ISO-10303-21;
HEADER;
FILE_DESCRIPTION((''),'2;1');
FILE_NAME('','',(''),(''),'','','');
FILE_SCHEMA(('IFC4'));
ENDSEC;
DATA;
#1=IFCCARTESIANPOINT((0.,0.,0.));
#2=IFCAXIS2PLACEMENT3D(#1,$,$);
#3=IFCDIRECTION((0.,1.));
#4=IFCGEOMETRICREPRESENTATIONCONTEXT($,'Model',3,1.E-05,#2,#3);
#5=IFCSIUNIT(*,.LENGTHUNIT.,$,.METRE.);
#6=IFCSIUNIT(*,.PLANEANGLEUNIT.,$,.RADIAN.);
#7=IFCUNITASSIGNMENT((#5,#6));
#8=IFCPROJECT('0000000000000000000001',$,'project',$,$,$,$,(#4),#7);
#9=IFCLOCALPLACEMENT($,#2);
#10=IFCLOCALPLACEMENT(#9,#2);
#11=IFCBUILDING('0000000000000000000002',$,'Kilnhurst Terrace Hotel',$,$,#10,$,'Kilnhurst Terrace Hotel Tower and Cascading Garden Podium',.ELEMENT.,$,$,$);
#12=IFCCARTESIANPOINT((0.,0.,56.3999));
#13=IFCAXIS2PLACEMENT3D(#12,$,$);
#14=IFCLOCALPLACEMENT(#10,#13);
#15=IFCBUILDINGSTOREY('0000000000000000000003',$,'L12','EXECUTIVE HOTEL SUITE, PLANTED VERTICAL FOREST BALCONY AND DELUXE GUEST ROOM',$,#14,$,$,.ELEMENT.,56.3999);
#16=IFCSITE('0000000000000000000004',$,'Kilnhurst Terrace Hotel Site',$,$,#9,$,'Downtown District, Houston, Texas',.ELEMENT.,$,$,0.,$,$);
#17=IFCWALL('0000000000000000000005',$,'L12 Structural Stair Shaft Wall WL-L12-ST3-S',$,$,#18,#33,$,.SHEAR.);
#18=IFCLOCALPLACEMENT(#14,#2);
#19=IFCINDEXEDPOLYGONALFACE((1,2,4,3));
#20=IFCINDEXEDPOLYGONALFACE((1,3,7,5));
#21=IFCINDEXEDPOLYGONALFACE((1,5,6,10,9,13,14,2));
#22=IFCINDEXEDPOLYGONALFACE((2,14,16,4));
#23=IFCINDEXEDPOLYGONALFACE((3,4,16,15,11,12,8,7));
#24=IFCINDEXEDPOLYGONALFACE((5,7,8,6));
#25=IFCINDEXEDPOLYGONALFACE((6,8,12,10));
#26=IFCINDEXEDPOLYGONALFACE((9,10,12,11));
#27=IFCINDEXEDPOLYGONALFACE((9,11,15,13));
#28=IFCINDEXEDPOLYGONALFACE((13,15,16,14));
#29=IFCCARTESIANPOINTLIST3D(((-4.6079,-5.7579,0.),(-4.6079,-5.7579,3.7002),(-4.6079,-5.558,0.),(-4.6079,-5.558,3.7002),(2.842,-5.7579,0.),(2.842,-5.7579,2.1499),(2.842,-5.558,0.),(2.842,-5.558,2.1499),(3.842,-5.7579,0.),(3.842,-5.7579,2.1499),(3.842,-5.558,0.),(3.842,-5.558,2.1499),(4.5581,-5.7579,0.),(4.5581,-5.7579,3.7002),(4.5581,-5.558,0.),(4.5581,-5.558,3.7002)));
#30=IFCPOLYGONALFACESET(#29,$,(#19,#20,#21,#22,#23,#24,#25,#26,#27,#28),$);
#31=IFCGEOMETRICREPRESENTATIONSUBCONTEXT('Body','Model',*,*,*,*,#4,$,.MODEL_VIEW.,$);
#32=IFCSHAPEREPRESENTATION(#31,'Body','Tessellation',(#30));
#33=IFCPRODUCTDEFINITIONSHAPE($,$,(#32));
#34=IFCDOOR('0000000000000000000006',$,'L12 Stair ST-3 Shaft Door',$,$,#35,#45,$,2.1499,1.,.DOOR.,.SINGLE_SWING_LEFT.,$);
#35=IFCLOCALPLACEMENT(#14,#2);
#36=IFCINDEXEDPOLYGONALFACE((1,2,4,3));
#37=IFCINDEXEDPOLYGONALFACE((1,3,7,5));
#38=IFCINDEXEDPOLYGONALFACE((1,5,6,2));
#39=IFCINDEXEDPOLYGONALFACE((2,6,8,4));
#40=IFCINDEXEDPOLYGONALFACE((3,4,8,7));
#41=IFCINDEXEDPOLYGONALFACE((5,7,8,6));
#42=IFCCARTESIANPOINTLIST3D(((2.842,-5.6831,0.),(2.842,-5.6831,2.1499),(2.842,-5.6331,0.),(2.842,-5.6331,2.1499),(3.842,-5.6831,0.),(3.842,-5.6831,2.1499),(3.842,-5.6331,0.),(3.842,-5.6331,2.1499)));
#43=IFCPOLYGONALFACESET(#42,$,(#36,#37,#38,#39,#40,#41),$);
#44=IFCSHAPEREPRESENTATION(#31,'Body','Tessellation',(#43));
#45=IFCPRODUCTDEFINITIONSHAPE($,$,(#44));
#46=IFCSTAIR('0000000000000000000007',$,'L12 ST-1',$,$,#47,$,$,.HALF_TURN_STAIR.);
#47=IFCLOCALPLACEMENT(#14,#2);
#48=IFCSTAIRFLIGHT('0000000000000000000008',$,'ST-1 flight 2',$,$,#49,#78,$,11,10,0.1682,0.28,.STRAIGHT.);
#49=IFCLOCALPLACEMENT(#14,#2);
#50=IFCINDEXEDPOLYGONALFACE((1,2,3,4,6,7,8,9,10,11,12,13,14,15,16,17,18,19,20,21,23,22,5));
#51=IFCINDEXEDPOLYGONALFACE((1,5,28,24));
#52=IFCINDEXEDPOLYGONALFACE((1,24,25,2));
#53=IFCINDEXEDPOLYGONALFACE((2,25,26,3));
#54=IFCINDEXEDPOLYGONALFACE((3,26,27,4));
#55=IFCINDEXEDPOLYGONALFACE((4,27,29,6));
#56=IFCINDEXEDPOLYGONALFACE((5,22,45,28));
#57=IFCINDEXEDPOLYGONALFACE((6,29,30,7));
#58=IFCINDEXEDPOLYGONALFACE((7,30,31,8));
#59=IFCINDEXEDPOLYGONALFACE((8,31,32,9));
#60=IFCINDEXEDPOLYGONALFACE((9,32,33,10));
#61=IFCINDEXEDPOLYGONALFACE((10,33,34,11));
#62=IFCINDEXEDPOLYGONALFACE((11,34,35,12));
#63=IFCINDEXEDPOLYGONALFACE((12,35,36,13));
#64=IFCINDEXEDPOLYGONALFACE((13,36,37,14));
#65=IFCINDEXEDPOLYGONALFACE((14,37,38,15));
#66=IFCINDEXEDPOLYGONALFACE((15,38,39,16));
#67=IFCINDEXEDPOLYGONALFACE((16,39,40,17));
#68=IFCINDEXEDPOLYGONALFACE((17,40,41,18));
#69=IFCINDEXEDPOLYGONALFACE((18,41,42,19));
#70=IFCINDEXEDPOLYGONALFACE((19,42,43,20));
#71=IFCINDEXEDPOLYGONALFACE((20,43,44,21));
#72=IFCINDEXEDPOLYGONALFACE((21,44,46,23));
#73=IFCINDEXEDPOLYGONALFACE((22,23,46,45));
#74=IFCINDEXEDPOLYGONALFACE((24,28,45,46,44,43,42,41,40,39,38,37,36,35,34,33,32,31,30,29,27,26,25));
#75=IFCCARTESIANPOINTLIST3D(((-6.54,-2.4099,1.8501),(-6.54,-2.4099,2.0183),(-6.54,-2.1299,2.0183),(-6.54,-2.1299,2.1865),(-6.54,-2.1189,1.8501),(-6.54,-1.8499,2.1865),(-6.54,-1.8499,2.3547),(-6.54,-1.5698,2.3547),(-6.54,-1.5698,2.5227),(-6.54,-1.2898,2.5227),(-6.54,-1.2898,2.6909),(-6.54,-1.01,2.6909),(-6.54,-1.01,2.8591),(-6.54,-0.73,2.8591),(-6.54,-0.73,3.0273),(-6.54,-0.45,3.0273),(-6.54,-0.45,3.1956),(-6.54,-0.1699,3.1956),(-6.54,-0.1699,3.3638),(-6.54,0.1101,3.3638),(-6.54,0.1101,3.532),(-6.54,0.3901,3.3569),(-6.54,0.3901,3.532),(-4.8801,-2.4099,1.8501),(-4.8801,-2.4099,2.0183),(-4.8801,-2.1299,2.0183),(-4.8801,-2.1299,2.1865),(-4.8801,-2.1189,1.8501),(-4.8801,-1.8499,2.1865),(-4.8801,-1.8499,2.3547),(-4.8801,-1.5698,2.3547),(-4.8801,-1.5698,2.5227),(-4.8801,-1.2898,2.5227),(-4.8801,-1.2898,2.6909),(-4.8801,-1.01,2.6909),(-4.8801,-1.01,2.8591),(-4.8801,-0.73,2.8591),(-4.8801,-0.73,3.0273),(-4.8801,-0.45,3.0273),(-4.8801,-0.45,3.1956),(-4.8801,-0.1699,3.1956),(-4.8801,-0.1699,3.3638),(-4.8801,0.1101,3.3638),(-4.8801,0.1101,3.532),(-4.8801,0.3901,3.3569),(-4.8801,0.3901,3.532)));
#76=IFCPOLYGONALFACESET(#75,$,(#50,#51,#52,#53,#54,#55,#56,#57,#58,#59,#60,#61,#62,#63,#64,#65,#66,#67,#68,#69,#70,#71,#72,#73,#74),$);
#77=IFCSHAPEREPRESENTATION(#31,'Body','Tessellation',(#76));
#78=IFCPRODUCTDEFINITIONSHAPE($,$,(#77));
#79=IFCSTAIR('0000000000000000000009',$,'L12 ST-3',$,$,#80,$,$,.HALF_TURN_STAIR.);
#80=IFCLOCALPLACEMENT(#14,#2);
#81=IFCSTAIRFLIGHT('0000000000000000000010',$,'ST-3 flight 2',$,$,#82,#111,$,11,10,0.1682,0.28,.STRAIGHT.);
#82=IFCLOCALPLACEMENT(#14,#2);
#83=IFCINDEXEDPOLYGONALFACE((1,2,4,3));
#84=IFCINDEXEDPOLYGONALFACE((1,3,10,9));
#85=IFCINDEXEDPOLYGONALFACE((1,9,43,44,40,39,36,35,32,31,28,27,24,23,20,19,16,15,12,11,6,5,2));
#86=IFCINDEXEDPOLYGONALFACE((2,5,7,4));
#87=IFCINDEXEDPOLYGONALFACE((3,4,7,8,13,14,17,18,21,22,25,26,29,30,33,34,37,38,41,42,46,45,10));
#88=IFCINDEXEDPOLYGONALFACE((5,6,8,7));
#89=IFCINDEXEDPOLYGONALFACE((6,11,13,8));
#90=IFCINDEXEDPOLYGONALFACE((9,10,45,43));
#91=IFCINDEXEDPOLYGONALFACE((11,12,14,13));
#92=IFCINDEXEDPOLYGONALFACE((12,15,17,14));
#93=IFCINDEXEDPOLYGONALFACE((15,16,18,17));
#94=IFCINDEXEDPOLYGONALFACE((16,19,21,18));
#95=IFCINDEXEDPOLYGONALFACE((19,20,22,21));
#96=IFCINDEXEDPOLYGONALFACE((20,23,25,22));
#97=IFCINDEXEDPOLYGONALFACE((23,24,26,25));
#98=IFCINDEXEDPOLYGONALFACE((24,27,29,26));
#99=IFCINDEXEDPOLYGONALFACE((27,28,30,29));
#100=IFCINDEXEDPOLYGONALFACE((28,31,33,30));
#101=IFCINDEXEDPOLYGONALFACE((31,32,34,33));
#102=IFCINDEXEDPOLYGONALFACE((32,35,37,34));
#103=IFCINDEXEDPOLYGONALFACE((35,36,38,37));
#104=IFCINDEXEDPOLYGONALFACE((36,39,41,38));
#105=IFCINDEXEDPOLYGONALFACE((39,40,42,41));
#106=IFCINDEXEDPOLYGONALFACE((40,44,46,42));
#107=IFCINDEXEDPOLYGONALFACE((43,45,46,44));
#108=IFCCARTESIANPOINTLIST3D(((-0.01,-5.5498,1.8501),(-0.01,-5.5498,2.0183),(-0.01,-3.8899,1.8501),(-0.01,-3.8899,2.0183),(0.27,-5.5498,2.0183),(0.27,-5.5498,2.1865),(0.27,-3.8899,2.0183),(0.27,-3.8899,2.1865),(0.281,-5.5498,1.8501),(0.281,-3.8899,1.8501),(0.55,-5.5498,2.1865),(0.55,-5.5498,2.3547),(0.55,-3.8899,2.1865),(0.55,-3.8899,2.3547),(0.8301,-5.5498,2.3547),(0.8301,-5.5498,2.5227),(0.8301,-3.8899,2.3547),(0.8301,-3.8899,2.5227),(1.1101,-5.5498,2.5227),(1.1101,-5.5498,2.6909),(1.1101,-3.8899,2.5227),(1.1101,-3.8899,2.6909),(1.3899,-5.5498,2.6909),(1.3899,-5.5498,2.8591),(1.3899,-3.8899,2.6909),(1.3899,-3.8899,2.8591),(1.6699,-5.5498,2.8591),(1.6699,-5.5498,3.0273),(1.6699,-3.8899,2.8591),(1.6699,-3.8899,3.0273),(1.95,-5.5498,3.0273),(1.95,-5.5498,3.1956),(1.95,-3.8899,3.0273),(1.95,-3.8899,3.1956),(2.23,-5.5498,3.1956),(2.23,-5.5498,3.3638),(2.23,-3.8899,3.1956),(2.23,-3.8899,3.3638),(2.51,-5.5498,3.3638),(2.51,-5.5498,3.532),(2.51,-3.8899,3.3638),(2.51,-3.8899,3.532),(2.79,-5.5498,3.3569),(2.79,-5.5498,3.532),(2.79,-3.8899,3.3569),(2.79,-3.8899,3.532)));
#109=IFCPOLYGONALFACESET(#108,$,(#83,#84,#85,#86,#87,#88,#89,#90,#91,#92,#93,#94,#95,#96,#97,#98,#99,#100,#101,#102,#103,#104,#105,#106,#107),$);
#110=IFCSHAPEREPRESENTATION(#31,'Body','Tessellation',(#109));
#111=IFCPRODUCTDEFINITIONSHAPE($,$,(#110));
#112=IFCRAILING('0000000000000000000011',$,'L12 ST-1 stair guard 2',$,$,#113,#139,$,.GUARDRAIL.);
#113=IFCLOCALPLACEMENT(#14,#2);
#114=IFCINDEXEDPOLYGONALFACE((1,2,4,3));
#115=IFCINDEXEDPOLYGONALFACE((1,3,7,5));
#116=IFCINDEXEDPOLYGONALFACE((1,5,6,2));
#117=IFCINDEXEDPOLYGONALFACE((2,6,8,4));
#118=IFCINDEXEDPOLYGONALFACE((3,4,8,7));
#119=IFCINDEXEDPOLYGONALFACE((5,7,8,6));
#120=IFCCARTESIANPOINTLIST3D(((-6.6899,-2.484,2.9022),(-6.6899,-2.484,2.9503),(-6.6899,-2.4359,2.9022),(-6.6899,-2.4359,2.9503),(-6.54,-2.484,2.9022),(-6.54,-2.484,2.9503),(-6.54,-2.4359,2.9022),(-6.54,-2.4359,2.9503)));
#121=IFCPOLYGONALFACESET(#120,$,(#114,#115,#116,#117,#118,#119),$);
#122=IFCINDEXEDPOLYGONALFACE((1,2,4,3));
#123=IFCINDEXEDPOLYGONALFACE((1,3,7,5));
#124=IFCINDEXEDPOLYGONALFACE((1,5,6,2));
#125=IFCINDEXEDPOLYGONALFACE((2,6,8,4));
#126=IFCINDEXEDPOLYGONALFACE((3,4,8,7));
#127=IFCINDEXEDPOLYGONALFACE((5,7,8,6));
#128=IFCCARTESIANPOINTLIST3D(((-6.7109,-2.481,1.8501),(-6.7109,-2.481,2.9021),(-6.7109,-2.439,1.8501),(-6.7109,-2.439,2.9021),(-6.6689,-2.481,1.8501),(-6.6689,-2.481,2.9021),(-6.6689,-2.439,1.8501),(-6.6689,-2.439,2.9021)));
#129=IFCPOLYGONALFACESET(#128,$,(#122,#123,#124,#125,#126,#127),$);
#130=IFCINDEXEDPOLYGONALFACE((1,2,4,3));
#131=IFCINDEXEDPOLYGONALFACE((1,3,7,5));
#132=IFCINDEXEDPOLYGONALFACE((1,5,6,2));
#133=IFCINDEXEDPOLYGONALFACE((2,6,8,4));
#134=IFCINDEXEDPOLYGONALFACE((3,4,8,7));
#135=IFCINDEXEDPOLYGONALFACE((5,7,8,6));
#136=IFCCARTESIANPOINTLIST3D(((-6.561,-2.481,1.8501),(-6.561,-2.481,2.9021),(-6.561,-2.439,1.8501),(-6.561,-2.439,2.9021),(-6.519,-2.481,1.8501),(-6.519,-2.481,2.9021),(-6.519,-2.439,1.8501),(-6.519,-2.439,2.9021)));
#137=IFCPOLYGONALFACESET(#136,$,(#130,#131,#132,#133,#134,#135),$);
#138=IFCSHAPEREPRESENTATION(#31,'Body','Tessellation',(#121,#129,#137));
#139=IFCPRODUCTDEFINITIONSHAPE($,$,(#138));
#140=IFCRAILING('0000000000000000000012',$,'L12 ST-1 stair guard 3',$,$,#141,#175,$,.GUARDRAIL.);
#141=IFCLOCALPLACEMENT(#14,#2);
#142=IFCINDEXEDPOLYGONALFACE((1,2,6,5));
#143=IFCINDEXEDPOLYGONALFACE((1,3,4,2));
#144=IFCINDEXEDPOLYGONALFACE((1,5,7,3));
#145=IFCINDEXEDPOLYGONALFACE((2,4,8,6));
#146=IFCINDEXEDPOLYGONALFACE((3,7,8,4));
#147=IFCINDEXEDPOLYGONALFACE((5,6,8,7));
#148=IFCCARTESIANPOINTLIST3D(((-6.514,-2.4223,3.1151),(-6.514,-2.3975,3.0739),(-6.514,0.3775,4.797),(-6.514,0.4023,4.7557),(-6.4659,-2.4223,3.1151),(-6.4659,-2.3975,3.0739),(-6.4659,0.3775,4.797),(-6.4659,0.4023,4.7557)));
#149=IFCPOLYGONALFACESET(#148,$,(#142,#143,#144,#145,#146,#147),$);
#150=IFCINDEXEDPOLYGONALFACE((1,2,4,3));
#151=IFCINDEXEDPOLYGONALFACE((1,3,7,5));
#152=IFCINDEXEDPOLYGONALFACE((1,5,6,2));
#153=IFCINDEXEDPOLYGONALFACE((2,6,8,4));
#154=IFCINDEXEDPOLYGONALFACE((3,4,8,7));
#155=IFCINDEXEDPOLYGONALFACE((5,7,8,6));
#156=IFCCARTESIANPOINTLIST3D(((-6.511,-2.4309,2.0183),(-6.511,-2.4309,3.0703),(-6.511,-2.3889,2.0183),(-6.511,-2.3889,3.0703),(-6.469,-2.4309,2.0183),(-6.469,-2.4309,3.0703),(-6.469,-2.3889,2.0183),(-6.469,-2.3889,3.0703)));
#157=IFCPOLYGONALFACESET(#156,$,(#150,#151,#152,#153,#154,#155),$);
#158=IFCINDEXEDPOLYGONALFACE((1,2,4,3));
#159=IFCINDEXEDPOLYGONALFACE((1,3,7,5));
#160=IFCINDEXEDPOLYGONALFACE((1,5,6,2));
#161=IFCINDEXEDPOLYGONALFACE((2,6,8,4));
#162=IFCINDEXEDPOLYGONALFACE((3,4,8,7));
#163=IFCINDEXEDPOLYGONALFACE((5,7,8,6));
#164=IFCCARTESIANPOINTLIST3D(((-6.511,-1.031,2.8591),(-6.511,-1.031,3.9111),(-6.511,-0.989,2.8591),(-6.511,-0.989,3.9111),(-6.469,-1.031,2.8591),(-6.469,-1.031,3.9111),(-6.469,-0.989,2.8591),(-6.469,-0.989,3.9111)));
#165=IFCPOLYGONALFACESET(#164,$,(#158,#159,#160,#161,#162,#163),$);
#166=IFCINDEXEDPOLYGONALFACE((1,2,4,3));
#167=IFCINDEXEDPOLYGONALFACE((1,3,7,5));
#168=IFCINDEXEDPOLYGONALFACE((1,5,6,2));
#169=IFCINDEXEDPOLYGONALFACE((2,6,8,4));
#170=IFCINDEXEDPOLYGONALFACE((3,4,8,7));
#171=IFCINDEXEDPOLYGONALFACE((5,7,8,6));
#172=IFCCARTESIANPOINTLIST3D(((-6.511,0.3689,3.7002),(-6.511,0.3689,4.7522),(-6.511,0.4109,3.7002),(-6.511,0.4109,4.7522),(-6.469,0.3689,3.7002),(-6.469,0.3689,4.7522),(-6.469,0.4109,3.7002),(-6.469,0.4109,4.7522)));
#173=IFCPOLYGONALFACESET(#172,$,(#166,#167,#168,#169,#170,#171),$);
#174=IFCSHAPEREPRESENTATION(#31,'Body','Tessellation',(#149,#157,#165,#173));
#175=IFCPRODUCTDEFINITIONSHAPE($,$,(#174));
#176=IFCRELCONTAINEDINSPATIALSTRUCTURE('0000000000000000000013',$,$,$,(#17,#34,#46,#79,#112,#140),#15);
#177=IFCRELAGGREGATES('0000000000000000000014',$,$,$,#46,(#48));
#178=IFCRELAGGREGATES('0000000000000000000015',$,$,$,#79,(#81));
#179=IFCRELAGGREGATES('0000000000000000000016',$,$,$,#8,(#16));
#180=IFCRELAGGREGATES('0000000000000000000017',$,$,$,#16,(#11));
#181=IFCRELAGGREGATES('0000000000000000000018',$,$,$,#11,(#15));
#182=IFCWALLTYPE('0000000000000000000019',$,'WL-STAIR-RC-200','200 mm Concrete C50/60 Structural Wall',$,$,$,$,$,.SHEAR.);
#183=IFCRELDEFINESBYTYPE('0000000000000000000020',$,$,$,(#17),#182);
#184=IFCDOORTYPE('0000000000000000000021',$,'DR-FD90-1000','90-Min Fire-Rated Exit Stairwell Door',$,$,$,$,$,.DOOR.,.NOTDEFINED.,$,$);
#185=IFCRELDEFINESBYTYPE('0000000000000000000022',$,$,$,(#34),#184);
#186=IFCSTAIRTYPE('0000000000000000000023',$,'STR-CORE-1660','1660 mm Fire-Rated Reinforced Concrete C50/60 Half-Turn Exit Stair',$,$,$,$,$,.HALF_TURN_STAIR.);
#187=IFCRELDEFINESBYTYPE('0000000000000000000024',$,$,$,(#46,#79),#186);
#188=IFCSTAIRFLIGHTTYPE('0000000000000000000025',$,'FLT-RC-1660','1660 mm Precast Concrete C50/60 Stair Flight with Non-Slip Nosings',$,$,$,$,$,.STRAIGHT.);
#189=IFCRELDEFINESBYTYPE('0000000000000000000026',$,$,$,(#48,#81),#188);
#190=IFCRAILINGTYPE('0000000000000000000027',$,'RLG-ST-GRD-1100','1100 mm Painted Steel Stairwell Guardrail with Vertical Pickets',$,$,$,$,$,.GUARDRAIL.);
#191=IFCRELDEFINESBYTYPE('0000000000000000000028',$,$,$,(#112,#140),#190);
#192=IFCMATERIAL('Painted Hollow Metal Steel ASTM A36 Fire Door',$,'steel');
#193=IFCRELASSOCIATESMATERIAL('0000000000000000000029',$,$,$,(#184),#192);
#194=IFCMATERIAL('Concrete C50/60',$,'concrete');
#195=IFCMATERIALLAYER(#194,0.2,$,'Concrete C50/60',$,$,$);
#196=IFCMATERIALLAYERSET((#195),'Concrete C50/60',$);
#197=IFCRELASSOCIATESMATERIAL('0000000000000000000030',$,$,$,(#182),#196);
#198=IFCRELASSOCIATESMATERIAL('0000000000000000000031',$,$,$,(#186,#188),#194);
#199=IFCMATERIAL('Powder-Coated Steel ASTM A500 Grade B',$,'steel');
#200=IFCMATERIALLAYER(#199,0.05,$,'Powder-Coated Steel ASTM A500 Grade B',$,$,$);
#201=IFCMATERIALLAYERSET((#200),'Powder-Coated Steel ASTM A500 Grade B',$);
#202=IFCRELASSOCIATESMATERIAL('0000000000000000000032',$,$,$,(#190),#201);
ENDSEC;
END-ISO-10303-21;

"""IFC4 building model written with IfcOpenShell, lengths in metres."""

from ifc_helpers import new_model, si_unit, direction, frame, frame_2d, origin, origin_2d, place, context, subcontext, project, spatial, polyline, rectangle, outline, extrude, material, layer, layer_set, type_object, element, fill, aggregate, save


model = new_model("IFC4")

# Units and contexts
model_context = context("Model", 3, precision=1e-05, world=origin(), true_north=direction((0.0, 1.0)))
body_context = subcontext(model_context, "Body", "Model", "MODEL_VIEW")
ifc_project = project(units=[si_unit("LENGTHUNIT", "METRE"), si_unit("PLANEANGLEUNIT", "RADIAN")], contexts=[model_context])

# Site, building, storey
site_placement = place(None, origin())
site = spatial("IfcSite", under=ifc_project, at=site_placement, Name="Kilnhurst Terrace Hotel Site", LongName="Downtown District, Houston, Texas", CompositionType="ELEMENT", RefElevation=0.0)
building_placement = place(site_placement, origin())
building = spatial("IfcBuilding", under=site, at=building_placement, Name="Kilnhurst Terrace Hotel", LongName="Kilnhurst Terrace Hotel Tower and Cascading Garden Podium", CompositionType="ELEMENT")
storey_placement = place(building_placement, frame((0.0, 0.0, 56.3999)))
storey = spatial("IfcBuildingStorey", under=building, at=storey_placement, Name="L12", Description="EXECUTIVE HOTEL SUITE, PLANTED VERTICAL FOREST BALCONY AND DELUXE GUEST ROOM", CompositionType="ELEMENT", Elevation=56.3999)

# Shared definitions
ifc_material_1 = material(Name="Concrete C50/60", Category="concrete")

# Shared definitions
ifc_material_2 = material(Name="Painted Hollow Metal Steel ASTM A36 Fire Door", Category="steel")
door_type_1 = type_object("IfcDoorType", Name="DR-FD90-1000", Description="90-Min Fire-Rated Exit Stairwell Door", OperationType="NOTDEFINED", PredefinedType="DOOR", material=ifc_material_2)

# Shared definitions
ifc_layer_1 = layer(ifc_material_1, 0.2, Name="Concrete C50/60")
ifc_layer_set_1 = layer_set([ifc_layer_1], Name="Concrete C50/60")
wall_type_1 = type_object("IfcWallType", Name="WL-STAIR-RC-200", Description="200 mm Concrete C50/60 Structural Wall", PredefinedType="SHEAR", material=ifc_layer_set_1)

# Wall, opening, door
wall_1_placement = place(storey_placement, frame((-4.6079, -5.658, 0.0), z_axis=(0.0, 0.0, 1.0), x_axis=(1.0, 0.0, 0.0)))
wall_1 = element("IfcWall", 1, at=wall_1_placement, inside=storey, type_object=wall_type_1, Name="L12 Structural Stair Shaft Wall WL-L12-ST3-S", PredefinedType="SHEAR", context=body_context, shape_type="SweptSolid", body=[
    extrude(rectangle(XDim=9.166, YDim=0.2, at=frame_2d((4.583, 0.0))), origin(), (0.0, 0.0, 1.0), 3.7002),
])
opening_1_placement = place(wall_1_placement, frame((7.45, 0.0, 0.0)))
opening_1 = element("IfcOpeningElement", 2, at=opening_1_placement, cuts=wall_1, PredefinedType="OPENING", context=body_context, shape_type="SweptSolid", body=[
    extrude(rectangle(XDim=1.0, YDim=2.1499, at=frame_2d((0.5, 1.075))), frame((0.0, 0.1099, 0.0), z_axis=(0.0, -1.0, 0.0), x_axis=(1.0, 0.0, 0.0)), (0.0, 0.0, 1.0), 0.22),
])
door_1_placement = place(opening_1_placement, origin())
door_1 = element("IfcDoor", 3, at=door_1_placement, inside=storey, type_object=door_type_1, Name="L12 Stair ST-3 Shaft Door", OperationType="SINGLE_SWING_LEFT", OverallHeight=2.1499, OverallWidth=1.0, PredefinedType="DOOR", context=body_context, shape_type="SweptSolid", body=[
    extrude(rectangle(XDim=1.0, YDim=2.1499, at=frame_2d((0.5, 1.075))), frame((0.0, 0.0249, 0.0), z_axis=(0.0, -1.0, 0.0), x_axis=(1.0, 0.0, 0.0)), (0.0, 0.0, 1.0), 0.05),
])
fill(opening_1, door_1)

# Stairs, stair flights
stair_type = type_object("IfcStairType", Name="STR-CORE-1660", Description="1660 mm Fire-Rated Reinforced Concrete C50/60 Half-Turn Exit Stair", PredefinedType="HALF_TURN_STAIR", material=ifc_material_1)
stair_1_placement = place(storey_placement, origin())
stair_1 = element("IfcStair", 4, at=stair_1_placement, inside=storey, type_object=stair_type, Name="L12 ST-1", PredefinedType="HALF_TURN_STAIR")
stair_flight_type = type_object("IfcStairFlightType", Name="FLT-RC-1660", Description="1660 mm Precast Concrete C50/60 Stair Flight with Non-Slip Nosings", PredefinedType="STRAIGHT", material=ifc_material_1)
stair_flight_1_placement = place(storey_placement, frame((-5.71, -2.4099, 1.8501), z_axis=(0.0, 0.0, 1.0), x_axis=(0.0, 1.0, 0.0)))
stair_flight_1 = element("IfcStairFlight", 5, at=stair_flight_1_placement, type_object=stair_flight_type, Name="ST-1 flight 2", NumberOfRisers=11, NumberOfTreads=10, PredefinedType="STRAIGHT", RiserHeight=0.1682, TreadLength=0.28, context=body_context, shape_type="SweptSolid", body=[
    extrude(outline(polyline([(0.0, 0.0), (0.0, 0.1682), (0.28, 0.1682), (0.28, 0.3364), (0.5601, 0.3364), (0.5601, 0.5046), (0.8401, 0.5046), (0.8401, 0.6726), (1.1201, 0.6726), (1.1201, 0.8408), (1.3999, 0.8408), (1.3999, 1.009), (1.6799, 1.009), (1.6799, 1.1772), (1.96, 1.1772), (1.96, 1.3455), (2.24, 1.3455), (2.24, 1.5137), (2.52, 1.5137), (2.52, 1.6819), (2.8, 1.6819), (2.8, 1.8501), (2.8, 1.5068), (0.291, 0.0), (0.0, 0.0)])), frame((0.0, 0.8301, 0.0), z_axis=(0.0, -1.0, 0.0), x_axis=(1.0, 0.0, 0.0)), (0.0, 0.0, 1.0), 1.6599),
])
aggregate(stair_1, [stair_flight_1])
stair_2_placement = place(storey_placement, origin())
stair_2 = element("IfcStair", 6, at=stair_2_placement, inside=storey, type_object=stair_type, Name="L12 ST-3", PredefinedType="HALF_TURN_STAIR")
stair_flight_2_placement = place(storey_placement, frame((-0.01, -4.72, 1.8501), z_axis=(0.0, 0.0, 1.0), x_axis=(1.0, 0.0, 0.0)))
stair_flight_2 = element("IfcStairFlight", 7, at=stair_flight_2_placement, type_object=stair_flight_type, Name="ST-3 flight 2", NumberOfRisers=11, NumberOfTreads=10, PredefinedType="STRAIGHT", RiserHeight=0.1682, TreadLength=0.28, context=body_context, shape_type="SweptSolid", body=[
    extrude(outline(polyline([(0.0, 0.0), (0.0, 0.1682), (0.28, 0.1682), (0.28, 0.3364), (0.5601, 0.3364), (0.5601, 0.5046), (0.8401, 0.5046), (0.8401, 0.6726), (1.1201, 0.6726), (1.1201, 0.8408), (1.3999, 0.8408), (1.3999, 1.009), (1.6799, 1.009), (1.6799, 1.1772), (1.96, 1.1772), (1.96, 1.3455), (2.24, 1.3455), (2.24, 1.5137), (2.52, 1.5137), (2.52, 1.6819), (2.8, 1.6819), (2.8, 1.8501), (2.8, 1.5068), (0.291, 0.0), (0.0, 0.0)])), frame((0.0, 0.8301, 0.0), z_axis=(0.0, -1.0, 0.0), x_axis=(1.0, 0.0, 0.0)), (0.0, 0.0, 1.0), 1.6599),
])
aggregate(stair_2, [stair_flight_2])

# Railings
ifc_material_3 = material(Name="Powder-Coated Steel ASTM A500 Grade B", Category="steel")
ifc_layer_2 = layer(ifc_material_3, 0.05, Name="Powder-Coated Steel ASTM A500 Grade B")
ifc_layer_set_2 = layer_set([ifc_layer_2], Name="Powder-Coated Steel ASTM A500 Grade B")
railing_type_1 = type_object("IfcRailingType", Name="RLG-ST-GRD-1100", Description="1100 mm Painted Steel Stairwell Guardrail with Vertical Pickets", PredefinedType="GUARDRAIL", material=ifc_layer_set_2)
railing_1_placement = place(storey_placement, frame((-6.6899, -2.46, 1.8501)))
element("IfcRailing", 8, at=railing_1_placement, inside=storey, type_object=railing_type_1, Name="L12 ST-1 stair guard 2", PredefinedType="GUARDRAIL", context=body_context, shape_type="SweptSolid", body=[
    extrude(rectangle(XDim=0.0481, YDim=0.0481, at=origin_2d()), frame((0.0, 0.0, 1.0762), z_axis=(1.0, 0.0, 0.0), x_axis=(0.0, 1.0, 0.0)), (0.0, 0.0, 1.0), 0.1499),
    extrude(rectangle(XDim=0.042, YDim=0.042, at=origin_2d()), origin(), (0.0, 0.0, 1.0), 1.052),
    extrude(rectangle(XDim=0.042, YDim=0.042, at=origin_2d()), frame((0.1499, 0.0, 0.0)), (0.0, 0.0, 1.0), 1.052),
])
railing_2_placement = place(storey_placement, frame((-6.49, -2.4099, 2.0183)))
element("IfcRailing", 9, at=railing_2_placement, inside=storey, type_object=railing_type_1, Name="L12 ST-1 stair guard 3", PredefinedType="GUARDRAIL", context=body_context, shape_type="SweptSolid", body=[
    extrude(rectangle(XDim=0.0481, YDim=0.0481, at=origin_2d()), frame((0.0, 0.0, 1.0762), z_axis=(0.0, 0.857222, 0.514946), x_axis=(-1.0, 0.0, 0.0)), (0.0, 0.0, 1.0), 3.2661),
    extrude(rectangle(XDim=0.042, YDim=0.042, at=origin_2d()), origin(), (0.0, 0.0, 1.0), 1.052),
    extrude(rectangle(XDim=0.042, YDim=0.042, at=origin_2d()), frame((0.0, 1.3999, 0.8408)), (0.0, 0.0, 1.0), 1.052),
    extrude(rectangle(XDim=0.042, YDim=0.042, at=origin_2d()), frame((0.0, 2.7998, 1.6819)), (0.0, 0.0, 1.0), 1.052),
])

save(model, "model.ifc")
